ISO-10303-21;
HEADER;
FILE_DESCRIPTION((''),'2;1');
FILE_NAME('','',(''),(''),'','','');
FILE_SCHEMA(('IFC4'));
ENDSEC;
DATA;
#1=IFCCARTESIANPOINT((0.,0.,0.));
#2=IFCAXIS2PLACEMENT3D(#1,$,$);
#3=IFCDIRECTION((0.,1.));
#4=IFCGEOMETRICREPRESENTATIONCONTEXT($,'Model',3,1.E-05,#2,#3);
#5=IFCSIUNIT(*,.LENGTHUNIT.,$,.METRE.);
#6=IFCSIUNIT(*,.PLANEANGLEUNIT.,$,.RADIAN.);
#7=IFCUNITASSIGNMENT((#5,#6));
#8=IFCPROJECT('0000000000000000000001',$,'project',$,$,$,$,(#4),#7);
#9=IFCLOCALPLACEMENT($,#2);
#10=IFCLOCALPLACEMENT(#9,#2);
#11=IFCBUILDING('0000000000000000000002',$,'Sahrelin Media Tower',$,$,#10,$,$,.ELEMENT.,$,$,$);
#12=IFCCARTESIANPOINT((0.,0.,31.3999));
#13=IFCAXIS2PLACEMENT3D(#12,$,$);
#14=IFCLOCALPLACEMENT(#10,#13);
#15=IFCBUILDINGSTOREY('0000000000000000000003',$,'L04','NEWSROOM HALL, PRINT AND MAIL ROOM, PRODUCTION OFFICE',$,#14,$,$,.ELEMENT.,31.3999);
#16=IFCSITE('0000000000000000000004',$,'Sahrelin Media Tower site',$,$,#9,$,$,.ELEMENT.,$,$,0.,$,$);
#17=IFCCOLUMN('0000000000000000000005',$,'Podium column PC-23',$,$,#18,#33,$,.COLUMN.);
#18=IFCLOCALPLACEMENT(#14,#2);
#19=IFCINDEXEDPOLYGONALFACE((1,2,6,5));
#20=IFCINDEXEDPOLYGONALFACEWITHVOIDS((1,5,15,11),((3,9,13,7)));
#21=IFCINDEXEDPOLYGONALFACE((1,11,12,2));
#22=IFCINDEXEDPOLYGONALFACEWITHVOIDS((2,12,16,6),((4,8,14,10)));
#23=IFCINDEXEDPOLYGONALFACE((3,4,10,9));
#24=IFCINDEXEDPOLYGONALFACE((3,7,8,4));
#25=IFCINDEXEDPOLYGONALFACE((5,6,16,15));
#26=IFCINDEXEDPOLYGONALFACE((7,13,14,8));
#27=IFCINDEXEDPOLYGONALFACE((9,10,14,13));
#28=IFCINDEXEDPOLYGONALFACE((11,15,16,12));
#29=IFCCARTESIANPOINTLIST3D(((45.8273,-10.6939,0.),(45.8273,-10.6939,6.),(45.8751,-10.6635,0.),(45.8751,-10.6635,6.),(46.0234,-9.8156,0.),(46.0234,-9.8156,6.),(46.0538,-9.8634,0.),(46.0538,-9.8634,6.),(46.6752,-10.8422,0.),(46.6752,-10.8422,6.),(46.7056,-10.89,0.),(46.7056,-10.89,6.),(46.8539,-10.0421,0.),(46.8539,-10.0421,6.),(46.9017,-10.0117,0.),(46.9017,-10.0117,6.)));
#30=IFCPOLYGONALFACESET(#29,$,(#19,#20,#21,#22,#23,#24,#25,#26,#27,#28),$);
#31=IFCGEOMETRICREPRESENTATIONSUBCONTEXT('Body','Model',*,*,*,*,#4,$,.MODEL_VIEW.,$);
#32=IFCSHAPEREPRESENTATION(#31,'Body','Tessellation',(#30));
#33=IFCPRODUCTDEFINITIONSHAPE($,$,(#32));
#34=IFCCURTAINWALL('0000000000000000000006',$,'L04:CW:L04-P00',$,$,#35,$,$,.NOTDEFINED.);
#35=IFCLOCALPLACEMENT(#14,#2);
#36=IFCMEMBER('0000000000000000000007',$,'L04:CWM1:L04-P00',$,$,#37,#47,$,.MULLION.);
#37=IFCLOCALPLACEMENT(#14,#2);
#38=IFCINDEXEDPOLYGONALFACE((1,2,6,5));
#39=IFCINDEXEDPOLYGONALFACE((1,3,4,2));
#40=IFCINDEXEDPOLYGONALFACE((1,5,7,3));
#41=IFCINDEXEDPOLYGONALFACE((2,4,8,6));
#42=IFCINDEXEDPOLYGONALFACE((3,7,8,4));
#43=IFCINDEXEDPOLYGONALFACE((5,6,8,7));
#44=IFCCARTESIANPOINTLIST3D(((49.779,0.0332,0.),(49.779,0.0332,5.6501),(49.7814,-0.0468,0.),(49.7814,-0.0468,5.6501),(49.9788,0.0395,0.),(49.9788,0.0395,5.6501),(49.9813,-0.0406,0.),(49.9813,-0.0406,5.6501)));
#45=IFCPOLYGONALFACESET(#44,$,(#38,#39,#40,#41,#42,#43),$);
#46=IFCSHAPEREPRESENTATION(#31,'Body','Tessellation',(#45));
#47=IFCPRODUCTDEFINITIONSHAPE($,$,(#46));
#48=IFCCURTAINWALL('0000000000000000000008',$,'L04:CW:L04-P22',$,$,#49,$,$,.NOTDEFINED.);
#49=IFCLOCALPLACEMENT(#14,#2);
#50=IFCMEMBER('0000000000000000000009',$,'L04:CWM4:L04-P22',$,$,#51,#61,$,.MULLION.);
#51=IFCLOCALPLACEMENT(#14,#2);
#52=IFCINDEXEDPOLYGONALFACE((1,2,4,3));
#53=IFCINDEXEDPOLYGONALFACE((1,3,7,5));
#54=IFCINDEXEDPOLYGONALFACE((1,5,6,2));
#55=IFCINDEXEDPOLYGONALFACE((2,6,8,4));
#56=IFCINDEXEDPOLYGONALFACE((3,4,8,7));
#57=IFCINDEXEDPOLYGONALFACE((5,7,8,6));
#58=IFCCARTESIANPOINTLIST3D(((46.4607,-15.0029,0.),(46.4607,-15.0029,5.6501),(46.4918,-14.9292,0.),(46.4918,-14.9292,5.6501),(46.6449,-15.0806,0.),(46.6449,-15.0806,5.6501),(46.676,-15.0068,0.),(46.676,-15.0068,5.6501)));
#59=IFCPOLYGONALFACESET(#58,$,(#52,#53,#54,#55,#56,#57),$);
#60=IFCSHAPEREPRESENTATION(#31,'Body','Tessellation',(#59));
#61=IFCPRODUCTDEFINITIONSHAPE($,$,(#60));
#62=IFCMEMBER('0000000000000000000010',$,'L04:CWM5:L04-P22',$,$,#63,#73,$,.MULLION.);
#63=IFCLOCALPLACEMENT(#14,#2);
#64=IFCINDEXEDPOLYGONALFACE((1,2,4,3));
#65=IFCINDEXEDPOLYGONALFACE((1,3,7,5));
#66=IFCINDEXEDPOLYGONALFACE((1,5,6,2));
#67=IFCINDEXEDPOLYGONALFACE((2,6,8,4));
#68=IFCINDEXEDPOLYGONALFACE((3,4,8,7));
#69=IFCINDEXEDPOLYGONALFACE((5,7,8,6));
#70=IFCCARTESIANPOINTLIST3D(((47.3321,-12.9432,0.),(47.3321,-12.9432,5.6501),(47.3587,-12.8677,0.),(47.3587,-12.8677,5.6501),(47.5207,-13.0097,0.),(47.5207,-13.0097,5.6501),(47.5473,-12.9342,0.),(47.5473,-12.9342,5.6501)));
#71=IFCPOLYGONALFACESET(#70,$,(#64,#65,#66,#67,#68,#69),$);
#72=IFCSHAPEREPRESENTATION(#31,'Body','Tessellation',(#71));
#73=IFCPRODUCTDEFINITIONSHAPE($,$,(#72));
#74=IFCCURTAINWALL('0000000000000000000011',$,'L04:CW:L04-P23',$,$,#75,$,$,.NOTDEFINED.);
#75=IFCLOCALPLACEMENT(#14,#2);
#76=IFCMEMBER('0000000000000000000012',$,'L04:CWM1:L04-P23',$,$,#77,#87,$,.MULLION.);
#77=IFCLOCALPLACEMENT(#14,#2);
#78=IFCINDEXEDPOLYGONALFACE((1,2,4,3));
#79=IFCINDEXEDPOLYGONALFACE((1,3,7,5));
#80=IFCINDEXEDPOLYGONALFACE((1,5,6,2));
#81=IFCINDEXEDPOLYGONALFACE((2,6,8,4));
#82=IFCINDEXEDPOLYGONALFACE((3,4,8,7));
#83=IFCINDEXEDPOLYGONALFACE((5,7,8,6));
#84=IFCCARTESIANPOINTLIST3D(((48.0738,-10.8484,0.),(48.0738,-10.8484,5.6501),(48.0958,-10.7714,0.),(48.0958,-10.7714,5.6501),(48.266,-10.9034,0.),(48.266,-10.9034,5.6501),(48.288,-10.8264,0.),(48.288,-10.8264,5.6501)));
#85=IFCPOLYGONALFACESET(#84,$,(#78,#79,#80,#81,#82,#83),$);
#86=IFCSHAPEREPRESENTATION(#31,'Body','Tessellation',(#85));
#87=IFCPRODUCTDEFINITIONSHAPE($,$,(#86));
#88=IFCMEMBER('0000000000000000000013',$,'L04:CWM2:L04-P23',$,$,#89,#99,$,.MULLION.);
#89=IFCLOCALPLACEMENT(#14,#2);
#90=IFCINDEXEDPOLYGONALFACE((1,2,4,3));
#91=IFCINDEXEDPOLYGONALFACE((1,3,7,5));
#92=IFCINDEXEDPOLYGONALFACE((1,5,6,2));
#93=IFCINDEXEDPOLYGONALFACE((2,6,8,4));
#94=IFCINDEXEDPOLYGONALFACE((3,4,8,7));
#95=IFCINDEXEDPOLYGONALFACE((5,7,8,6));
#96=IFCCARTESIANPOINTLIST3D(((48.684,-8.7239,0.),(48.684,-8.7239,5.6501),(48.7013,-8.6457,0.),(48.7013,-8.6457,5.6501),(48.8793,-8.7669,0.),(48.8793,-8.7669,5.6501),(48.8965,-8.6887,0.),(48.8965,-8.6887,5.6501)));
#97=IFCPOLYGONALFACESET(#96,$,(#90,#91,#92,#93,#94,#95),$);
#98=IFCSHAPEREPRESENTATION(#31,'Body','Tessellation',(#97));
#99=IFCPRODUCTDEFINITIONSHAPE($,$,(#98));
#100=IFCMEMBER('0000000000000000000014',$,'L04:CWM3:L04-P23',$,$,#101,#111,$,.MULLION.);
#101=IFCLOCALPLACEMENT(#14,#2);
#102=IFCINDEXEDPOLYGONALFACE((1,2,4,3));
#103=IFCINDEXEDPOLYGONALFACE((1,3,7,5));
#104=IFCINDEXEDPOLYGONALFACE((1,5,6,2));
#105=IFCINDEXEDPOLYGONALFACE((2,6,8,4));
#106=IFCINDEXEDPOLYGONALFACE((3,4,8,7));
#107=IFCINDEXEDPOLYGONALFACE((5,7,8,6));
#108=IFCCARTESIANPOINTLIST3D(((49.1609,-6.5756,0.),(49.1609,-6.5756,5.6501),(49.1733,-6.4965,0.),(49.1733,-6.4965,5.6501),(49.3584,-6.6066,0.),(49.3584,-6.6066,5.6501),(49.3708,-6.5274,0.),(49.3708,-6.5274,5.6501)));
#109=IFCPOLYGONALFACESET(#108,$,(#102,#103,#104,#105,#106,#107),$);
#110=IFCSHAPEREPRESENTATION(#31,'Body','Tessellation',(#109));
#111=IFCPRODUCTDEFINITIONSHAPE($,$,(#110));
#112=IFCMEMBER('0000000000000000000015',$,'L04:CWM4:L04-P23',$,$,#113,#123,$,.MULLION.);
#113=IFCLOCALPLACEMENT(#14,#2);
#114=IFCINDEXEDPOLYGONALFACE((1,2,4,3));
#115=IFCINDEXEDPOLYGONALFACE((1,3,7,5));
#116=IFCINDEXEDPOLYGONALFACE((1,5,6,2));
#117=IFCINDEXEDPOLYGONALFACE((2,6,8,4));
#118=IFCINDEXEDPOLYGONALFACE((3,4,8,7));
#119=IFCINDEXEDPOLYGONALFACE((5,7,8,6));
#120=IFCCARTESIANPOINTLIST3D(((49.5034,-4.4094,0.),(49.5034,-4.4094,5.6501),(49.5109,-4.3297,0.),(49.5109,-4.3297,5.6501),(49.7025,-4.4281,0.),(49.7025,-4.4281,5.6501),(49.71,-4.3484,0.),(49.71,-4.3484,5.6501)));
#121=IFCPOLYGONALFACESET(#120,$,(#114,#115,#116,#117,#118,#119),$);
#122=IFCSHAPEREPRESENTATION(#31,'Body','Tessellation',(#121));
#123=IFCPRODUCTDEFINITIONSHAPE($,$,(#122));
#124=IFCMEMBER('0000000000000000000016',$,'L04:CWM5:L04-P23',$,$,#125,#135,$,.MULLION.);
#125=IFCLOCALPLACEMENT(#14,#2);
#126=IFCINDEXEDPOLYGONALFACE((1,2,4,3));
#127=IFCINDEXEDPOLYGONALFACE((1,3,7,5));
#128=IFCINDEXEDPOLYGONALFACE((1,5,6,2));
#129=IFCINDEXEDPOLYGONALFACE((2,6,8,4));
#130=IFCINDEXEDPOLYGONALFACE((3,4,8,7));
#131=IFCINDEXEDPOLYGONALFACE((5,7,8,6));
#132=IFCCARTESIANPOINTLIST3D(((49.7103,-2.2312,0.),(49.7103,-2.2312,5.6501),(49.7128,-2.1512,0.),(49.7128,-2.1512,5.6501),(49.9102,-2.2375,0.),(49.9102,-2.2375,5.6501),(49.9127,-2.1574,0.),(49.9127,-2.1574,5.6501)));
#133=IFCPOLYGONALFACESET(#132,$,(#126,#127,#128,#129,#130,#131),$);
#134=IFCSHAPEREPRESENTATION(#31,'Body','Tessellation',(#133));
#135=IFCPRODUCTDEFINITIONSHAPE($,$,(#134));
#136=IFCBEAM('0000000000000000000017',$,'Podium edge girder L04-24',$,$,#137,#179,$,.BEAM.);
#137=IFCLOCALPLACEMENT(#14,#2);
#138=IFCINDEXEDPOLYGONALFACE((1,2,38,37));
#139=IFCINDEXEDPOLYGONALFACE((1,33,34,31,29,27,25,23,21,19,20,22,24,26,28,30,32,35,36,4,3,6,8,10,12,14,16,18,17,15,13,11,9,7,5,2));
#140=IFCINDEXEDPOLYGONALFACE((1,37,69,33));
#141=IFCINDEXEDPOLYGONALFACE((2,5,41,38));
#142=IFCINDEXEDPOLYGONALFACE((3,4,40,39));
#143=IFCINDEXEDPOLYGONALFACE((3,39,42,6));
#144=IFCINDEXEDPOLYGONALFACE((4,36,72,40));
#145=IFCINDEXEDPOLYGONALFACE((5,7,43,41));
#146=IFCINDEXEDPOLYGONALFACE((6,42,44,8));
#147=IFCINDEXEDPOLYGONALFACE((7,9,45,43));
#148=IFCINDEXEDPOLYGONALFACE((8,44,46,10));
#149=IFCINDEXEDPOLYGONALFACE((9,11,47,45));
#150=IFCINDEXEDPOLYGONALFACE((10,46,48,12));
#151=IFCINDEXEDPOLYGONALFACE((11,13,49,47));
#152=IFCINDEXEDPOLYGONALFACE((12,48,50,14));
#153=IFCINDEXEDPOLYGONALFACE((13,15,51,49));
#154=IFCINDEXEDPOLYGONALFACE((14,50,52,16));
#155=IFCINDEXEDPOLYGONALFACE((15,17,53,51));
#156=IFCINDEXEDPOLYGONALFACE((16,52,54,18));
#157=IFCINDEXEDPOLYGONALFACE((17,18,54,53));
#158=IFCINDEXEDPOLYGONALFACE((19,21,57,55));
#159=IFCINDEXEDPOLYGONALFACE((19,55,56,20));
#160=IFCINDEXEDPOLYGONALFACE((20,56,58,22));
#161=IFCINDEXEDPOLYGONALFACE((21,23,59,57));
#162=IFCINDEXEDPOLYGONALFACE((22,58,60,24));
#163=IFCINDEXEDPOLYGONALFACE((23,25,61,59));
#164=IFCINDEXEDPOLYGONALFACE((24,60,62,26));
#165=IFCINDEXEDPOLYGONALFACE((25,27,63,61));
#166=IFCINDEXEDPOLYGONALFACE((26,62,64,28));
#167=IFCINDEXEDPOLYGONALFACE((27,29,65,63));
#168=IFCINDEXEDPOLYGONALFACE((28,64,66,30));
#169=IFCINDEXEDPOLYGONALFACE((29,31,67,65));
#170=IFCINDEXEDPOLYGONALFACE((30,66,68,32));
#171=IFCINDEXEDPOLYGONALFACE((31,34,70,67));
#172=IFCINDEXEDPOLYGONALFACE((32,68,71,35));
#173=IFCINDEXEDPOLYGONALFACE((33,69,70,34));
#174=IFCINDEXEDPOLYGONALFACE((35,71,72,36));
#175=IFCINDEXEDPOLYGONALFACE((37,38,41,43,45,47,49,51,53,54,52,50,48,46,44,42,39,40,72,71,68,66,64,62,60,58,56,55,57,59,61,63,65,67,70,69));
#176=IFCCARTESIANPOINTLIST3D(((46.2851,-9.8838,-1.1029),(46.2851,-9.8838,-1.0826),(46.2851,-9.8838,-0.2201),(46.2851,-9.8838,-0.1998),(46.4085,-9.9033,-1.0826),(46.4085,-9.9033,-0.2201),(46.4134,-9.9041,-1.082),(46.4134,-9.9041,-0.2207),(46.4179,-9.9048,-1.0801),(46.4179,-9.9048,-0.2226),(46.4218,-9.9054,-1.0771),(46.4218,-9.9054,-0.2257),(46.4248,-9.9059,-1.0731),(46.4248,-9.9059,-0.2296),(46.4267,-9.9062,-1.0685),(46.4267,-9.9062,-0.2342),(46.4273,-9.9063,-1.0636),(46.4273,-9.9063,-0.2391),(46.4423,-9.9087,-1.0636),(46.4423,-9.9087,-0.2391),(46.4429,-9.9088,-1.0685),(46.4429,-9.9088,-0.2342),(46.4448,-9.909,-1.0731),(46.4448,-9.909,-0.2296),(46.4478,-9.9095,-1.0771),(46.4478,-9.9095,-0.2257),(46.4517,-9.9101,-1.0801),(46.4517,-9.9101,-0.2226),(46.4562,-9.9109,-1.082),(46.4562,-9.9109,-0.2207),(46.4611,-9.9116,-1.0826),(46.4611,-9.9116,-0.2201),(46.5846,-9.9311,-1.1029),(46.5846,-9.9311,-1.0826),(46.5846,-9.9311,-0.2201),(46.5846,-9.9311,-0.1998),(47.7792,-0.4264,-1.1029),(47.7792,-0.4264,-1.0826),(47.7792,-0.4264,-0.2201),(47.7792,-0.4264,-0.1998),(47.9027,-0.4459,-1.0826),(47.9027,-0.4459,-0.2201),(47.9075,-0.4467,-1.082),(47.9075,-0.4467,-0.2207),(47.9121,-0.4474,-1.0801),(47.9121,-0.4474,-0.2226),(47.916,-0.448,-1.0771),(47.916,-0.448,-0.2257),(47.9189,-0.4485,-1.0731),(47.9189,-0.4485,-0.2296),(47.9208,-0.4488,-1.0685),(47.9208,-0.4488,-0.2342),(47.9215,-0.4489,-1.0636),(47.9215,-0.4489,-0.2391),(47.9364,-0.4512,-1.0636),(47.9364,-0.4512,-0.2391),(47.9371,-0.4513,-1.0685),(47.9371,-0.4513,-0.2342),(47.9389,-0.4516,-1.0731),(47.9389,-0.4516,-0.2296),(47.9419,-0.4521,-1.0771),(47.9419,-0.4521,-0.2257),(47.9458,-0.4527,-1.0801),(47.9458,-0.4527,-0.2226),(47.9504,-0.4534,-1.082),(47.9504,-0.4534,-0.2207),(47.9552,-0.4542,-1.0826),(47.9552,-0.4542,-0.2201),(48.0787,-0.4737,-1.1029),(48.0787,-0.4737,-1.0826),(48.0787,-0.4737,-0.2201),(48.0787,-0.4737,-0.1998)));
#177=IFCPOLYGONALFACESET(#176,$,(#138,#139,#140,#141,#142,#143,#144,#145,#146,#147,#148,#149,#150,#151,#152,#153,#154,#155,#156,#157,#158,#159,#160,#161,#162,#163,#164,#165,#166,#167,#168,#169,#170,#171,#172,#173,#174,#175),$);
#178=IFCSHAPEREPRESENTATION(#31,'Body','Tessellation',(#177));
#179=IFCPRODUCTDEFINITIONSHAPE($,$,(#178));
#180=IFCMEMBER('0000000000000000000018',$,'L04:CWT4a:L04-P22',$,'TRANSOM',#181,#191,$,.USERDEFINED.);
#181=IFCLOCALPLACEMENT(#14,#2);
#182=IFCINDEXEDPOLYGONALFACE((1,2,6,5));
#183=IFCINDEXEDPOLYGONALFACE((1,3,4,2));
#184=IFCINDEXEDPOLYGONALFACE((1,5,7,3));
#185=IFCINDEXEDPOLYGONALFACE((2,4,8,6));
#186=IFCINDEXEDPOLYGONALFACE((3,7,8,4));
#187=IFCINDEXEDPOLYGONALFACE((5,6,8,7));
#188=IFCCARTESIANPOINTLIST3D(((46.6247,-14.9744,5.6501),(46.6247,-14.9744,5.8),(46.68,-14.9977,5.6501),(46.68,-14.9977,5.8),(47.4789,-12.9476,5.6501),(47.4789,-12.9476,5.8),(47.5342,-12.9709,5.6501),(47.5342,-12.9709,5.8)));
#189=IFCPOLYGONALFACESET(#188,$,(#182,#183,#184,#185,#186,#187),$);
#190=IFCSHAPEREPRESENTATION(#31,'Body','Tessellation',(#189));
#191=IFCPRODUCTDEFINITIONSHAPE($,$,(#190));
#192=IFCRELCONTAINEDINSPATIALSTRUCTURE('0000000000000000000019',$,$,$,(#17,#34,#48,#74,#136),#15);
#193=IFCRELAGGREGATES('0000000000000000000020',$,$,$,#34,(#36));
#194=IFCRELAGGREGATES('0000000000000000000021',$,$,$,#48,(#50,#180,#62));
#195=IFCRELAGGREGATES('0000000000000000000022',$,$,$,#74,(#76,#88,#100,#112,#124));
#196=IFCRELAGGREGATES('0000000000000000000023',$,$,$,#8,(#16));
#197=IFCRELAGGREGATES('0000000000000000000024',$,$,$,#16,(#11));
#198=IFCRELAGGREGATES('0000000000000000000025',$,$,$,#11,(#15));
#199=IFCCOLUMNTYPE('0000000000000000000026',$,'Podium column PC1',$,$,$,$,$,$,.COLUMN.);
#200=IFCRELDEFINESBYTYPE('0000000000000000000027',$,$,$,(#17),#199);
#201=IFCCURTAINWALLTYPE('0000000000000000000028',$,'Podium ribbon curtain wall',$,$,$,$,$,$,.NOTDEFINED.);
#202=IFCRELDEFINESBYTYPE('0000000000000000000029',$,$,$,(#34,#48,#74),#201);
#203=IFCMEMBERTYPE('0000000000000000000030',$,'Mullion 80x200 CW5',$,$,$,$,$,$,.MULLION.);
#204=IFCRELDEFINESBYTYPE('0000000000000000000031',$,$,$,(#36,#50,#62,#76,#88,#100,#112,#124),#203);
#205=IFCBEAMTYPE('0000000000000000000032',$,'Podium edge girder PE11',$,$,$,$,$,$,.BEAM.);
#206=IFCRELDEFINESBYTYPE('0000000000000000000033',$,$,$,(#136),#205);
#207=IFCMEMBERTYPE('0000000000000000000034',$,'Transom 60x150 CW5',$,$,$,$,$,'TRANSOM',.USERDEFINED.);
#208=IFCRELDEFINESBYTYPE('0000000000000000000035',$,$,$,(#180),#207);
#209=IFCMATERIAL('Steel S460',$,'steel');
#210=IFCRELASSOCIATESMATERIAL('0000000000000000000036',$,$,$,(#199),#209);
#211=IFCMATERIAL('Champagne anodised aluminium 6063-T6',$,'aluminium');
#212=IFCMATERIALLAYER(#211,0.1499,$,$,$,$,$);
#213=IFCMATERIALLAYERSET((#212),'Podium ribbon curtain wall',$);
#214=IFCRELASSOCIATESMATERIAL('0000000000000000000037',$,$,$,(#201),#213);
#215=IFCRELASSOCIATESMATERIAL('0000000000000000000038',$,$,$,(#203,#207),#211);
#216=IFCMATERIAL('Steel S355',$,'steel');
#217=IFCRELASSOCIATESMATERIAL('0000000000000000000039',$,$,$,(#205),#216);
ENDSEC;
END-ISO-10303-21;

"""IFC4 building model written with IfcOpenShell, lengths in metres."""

from ifc_helpers import new_model, si_unit, direction, frame, origin, origin_2d, place, context, subcontext, project, spatial, rectangle, hollow_rectangle, i_section, extrude, material, layer, layer_set, material_profile, profile_set, type_object, element, aggregate, save


model = new_model("IFC4")

# Units and contexts
model_context = context("Model", 3, precision=1e-05, world=origin(), true_north=direction((0.0, 1.0)))
body_context = subcontext(model_context, "Body", "Model", "MODEL_VIEW")
ifc_project = project(units=[si_unit("LENGTHUNIT", "METRE"), si_unit("PLANEANGLEUNIT", "RADIAN")], contexts=[model_context])

# Site, building, storey
site_placement = place(None, origin())
site = spatial("IfcSite", under=ifc_project, at=site_placement, Name="Sahrelin Media Tower site", CompositionType="ELEMENT", RefElevation=0.0)
building_placement = place(site_placement, origin())
building = spatial("IfcBuilding", under=site, at=building_placement, Name="Sahrelin Media Tower", CompositionType="ELEMENT")
storey_placement = place(building_placement, frame((0.0, 0.0, 31.3999)))
storey = spatial("IfcBuildingStorey", under=building, at=storey_placement, Name="L04", Description="NEWSROOM HALL, PRINT AND MAIL ROOM, PRODUCTION OFFICE", CompositionType="ELEMENT", Elevation=31.3999)

# Column
ifc_material_1 = material(Name="Steel S460", Category="steel")
ifc_material_profile_1 = material_profile(ifc_material_1, hollow_rectangle(XDim=0.8999, YDim=0.8999, WallThickness=0.04, at=origin_2d()), Name="Podium column PC1")
ifc_profile_set_1 = profile_set([ifc_material_profile_1], Name="Steel S460")
column_type = type_object("IfcColumnType", Name="Podium column PC1", PredefinedType="COLUMN", material=ifc_profile_set_1)
column_placement = place(storey_placement, frame((46.3645, -10.3528, 0.0), z_axis=(0.0, 0.0, 1.0), x_axis=(0.975965, -0.217925, 0.0)))
element("IfcColumn", 1, at=column_placement, inside=storey, type_object=column_type, Name="Podium column PC-23", PredefinedType="COLUMN", context=body_context, shape_type="SweptSolid", body=[
    extrude(hollow_rectangle(XDim=0.8999, YDim=0.8999, WallThickness=0.04, at=origin_2d()), origin(), (0.0, 0.0, 1.0), 6.0),
])

# Curtain wall, member
ifc_material_2 = material(Name="Champagne anodised aluminium 6063-T6", Category="aluminium")
ifc_layer_1 = layer(ifc_material_2, 0.1499)
ifc_layer_set_1 = layer_set([ifc_layer_1], Name="Podium ribbon curtain wall")
curtain_wall_type = type_object("IfcCurtainWallType", Name="Podium ribbon curtain wall", PredefinedType="NOTDEFINED", material=ifc_layer_set_1)
curtain_wall_1_placement = place(storey_placement, frame((50.0, 0.0, 0.0), z_axis=(0.0, 0.0, 1.0), x_axis=(1.0, 0.0, 0.0)))
curtain_wall_1 = element("IfcCurtainWall", 2, at=curtain_wall_1_placement, inside=storey, type_object=curtain_wall_type, Name="L04:CW:L04-P00", PredefinedType="NOTDEFINED")
ifc_material_profile_2 = material_profile(ifc_material_2, rectangle(XDim=0.0801, YDim=0.2, at=origin_2d()), Name="Mullion 80x200")
ifc_profile_set_2 = profile_set([ifc_material_profile_2], Name="Champagne anodised aluminium 6063-T6")
member_type_1 = type_object("IfcMemberType", Name="Mullion 80x200 CW5", PredefinedType="MULLION", material=ifc_profile_set_2)
member_1_placement = place(storey_placement, frame((49.8801, -0.0037, 0.0), z_axis=(0.0, 0.0, 1.0), x_axis=(-0.031147, 0.999515, 0.0)))
member_1 = element("IfcMember", 3, at=member_1_placement, type_object=member_type_1, Name="L04:CWM1:L04-P00", PredefinedType="MULLION", context=body_context, shape_type="SweptSolid", body=[
    extrude(rectangle(XDim=0.0801, YDim=0.2, at=origin_2d()), origin(), (0.0, 0.0, 1.0), 5.6501),
])
aggregate(curtain_wall_1, [member_1])

# Curtain walls, members
curtain_wall_2_placement = place(storey_placement, frame((43.3013, -21.0, 0.0), z_axis=(0.0, 0.0, 1.0), x_axis=(1.0, 0.0, 0.0)))
curtain_wall_2 = element("IfcCurtainWall", 4, at=curtain_wall_2_placement, inside=storey, type_object=curtain_wall_type, Name="L04:CW:L04-P22", PredefinedType="NOTDEFINED")
member_2_placement = place(storey_placement, frame((46.5684, -15.0049, 0.0), z_axis=(0.0, 0.0, 1.0), x_axis=(0.38845, 0.92147, 0.0)))
member_2 = element("IfcMember", 5, at=member_2_placement, type_object=member_type_1, Name="L04:CWM4:L04-P22", PredefinedType="MULLION", context=body_context, shape_type="SweptSolid", body=[
    extrude(rectangle(XDim=0.0801, YDim=0.2, at=origin_2d()), origin(), (0.0, 0.0, 1.0), 5.6501),
])
member_3_placement = place(storey_placement, frame((47.4397, -12.9387, 0.0), z_axis=(0.0, 0.0, 1.0), x_axis=(0.332579, 0.943075, 0.0)))
member_3 = element("IfcMember", 6, at=member_3_placement, type_object=member_type_1, Name="L04:CWM5:L04-P22", PredefinedType="MULLION", context=body_context, shape_type="SweptSolid", body=[
    extrude(rectangle(XDim=0.0801, YDim=0.2, at=origin_2d()), origin(), (0.0, 0.0, 1.0), 5.6501),
])
curtain_wall_3_placement = place(storey_placement, frame((48.2964, -10.8704, 0.0), z_axis=(0.0, 0.0, 1.0), x_axis=(1.0, 0.0, 0.0)))
curtain_wall_3 = element("IfcCurtainWall", 7, at=curtain_wall_3_placement, inside=storey, type_object=curtain_wall_type, Name="L04:CW:L04-P23", PredefinedType="NOTDEFINED")
member_4_placement = place(storey_placement, frame((48.1809, -10.8374, 0.0), z_axis=(0.0, 0.0, 1.0), x_axis=(0.27481, 0.961499, 0.0)))
member_4 = element("IfcMember", 8, at=member_4_placement, type_object=member_type_1, Name="L04:CWM1:L04-P23", PredefinedType="MULLION", context=body_context, shape_type="SweptSolid", body=[
    extrude(rectangle(XDim=0.0801, YDim=0.2, at=origin_2d()), origin(), (0.0, 0.0, 1.0), 5.6501),
])
member_5_placement = place(storey_placement, frame((48.7903, -8.7063, 0.0), z_axis=(0.0, 0.0, 1.0), x_axis=(0.215438, 0.976518, 0.0)))
member_5 = element("IfcMember", 9, at=member_5_placement, type_object=member_type_1, Name="L04:CWM2:L04-P23", PredefinedType="MULLION", context=body_context, shape_type="SweptSolid", body=[
    extrude(rectangle(XDim=0.0801, YDim=0.2, at=origin_2d()), origin(), (0.0, 0.0, 1.0), 5.6501),
])
member_6_placement = place(storey_placement, frame((49.2659, -6.5515, 0.0), z_axis=(0.0, 0.0, 1.0), x_axis=(0.154852, 0.987938, 0.0)))
member_6 = element("IfcMember", 10, at=member_6_placement, type_object=member_type_1, Name="L04:CWM3:L04-P23", PredefinedType="MULLION", context=body_context, shape_type="SweptSolid", body=[
    extrude(rectangle(XDim=0.0801, YDim=0.2, at=origin_2d()), origin(), (0.0, 0.0, 1.0), 5.6501),
])
member_7_placement = place(storey_placement, frame((49.6067, -4.3789, 0.0), z_axis=(0.0, 0.0, 1.0), x_axis=(0.093292, 0.995639, 0.0)))
member_7 = element("IfcMember", 11, at=member_7_placement, type_object=member_type_1, Name="L04:CWM4:L04-P23", PredefinedType="MULLION", context=body_context, shape_type="SweptSolid", body=[
    extrude(rectangle(XDim=0.0801, YDim=0.2, at=origin_2d()), origin(), (0.0, 0.0, 1.0), 5.6501),
])
member_8_placement = place(storey_placement, frame((49.8115, -2.1943, 0.0), z_axis=(0.0, 0.0, 1.0), x_axis=(0.031147, 0.999515, 0.0)))
member_8 = element("IfcMember", 12, at=member_8_placement, type_object=member_type_1, Name="L04:CWM5:L04-P23", PredefinedType="MULLION", context=body_context, shape_type="SweptSolid", body=[
    extrude(rectangle(XDim=0.0801, YDim=0.2, at=origin_2d()), origin(), (0.0, 0.0, 1.0), 5.6501),
])

# Beam
ifc_material_3 = material(Name="Steel S355", Category="steel")
ifc_material_profile_3 = material_profile(ifc_material_3, i_section(OverallWidth=0.3032, OverallDepth=0.9031, WebThickness=0.0151, FlangeThickness=0.0203, FilletRadius=0.019, at=origin_2d()), Name="UB 914x305x201")
ifc_profile_set_3 = profile_set([ifc_material_profile_3], Name="Steel S355")
beam_type = type_object("IfcBeamType", Name="Podium edge girder PE11", PredefinedType="BEAM", material=ifc_profile_set_3)
beam_placement = place(storey_placement, frame((46.4348, -9.9075, -0.6514), z_axis=(0.156049, 0.987749, 0.0), x_axis=(-0.987749, 0.156049, 0.0)))
element("IfcBeam", 13, at=beam_placement, inside=storey, type_object=beam_type, Name="Podium edge girder L04-24", PredefinedType="BEAM", context=body_context, shape_type="SweptSolid", body=[
    extrude(i_section(OverallWidth=0.3032, OverallDepth=0.9031, WebThickness=0.0151, FlangeThickness=0.0203, FilletRadius=0.019, at=origin_2d()), origin(), (0.0, 0.0, 1.0), 9.5747),
])

# Member
ifc_material_profile_4 = material_profile(ifc_material_2, rectangle(XDim=0.0601, YDim=0.1499, at=origin_2d()), Name="Transom 60x150")
ifc_profile_set_4 = profile_set([ifc_material_profile_4], Name="Champagne anodised aluminium 6063-T6")
member_type_2 = type_object("IfcMemberType", Name="Transom 60x150 CW5", ElementType="TRANSOM", PredefinedType="USERDEFINED", material=ifc_profile_set_4)
member_9_placement = place(storey_placement, frame((46.6523, -14.9861, 5.7251), z_axis=(0.38838, 0.9215, 0.0), x_axis=(-0.9215, 0.38838, 0.0)))
member_9 = element("IfcMember", 14, at=member_9_placement, type_object=member_type_2, Name="L04:CWT4a:L04-P22", ObjectType="TRANSOM", PredefinedType="USERDEFINED", context=body_context, shape_type="SweptSolid", body=[
    extrude(rectangle(XDim=0.0601, YDim=0.1499, at=origin_2d()), origin(), (0.0, 0.0, 1.0), 2.1995),
])

aggregate(curtain_wall_2, [member_2, member_9, member_3])
aggregate(curtain_wall_3, [member_4, member_5, member_6, member_7, member_8])

save(model, "model.ifc")
